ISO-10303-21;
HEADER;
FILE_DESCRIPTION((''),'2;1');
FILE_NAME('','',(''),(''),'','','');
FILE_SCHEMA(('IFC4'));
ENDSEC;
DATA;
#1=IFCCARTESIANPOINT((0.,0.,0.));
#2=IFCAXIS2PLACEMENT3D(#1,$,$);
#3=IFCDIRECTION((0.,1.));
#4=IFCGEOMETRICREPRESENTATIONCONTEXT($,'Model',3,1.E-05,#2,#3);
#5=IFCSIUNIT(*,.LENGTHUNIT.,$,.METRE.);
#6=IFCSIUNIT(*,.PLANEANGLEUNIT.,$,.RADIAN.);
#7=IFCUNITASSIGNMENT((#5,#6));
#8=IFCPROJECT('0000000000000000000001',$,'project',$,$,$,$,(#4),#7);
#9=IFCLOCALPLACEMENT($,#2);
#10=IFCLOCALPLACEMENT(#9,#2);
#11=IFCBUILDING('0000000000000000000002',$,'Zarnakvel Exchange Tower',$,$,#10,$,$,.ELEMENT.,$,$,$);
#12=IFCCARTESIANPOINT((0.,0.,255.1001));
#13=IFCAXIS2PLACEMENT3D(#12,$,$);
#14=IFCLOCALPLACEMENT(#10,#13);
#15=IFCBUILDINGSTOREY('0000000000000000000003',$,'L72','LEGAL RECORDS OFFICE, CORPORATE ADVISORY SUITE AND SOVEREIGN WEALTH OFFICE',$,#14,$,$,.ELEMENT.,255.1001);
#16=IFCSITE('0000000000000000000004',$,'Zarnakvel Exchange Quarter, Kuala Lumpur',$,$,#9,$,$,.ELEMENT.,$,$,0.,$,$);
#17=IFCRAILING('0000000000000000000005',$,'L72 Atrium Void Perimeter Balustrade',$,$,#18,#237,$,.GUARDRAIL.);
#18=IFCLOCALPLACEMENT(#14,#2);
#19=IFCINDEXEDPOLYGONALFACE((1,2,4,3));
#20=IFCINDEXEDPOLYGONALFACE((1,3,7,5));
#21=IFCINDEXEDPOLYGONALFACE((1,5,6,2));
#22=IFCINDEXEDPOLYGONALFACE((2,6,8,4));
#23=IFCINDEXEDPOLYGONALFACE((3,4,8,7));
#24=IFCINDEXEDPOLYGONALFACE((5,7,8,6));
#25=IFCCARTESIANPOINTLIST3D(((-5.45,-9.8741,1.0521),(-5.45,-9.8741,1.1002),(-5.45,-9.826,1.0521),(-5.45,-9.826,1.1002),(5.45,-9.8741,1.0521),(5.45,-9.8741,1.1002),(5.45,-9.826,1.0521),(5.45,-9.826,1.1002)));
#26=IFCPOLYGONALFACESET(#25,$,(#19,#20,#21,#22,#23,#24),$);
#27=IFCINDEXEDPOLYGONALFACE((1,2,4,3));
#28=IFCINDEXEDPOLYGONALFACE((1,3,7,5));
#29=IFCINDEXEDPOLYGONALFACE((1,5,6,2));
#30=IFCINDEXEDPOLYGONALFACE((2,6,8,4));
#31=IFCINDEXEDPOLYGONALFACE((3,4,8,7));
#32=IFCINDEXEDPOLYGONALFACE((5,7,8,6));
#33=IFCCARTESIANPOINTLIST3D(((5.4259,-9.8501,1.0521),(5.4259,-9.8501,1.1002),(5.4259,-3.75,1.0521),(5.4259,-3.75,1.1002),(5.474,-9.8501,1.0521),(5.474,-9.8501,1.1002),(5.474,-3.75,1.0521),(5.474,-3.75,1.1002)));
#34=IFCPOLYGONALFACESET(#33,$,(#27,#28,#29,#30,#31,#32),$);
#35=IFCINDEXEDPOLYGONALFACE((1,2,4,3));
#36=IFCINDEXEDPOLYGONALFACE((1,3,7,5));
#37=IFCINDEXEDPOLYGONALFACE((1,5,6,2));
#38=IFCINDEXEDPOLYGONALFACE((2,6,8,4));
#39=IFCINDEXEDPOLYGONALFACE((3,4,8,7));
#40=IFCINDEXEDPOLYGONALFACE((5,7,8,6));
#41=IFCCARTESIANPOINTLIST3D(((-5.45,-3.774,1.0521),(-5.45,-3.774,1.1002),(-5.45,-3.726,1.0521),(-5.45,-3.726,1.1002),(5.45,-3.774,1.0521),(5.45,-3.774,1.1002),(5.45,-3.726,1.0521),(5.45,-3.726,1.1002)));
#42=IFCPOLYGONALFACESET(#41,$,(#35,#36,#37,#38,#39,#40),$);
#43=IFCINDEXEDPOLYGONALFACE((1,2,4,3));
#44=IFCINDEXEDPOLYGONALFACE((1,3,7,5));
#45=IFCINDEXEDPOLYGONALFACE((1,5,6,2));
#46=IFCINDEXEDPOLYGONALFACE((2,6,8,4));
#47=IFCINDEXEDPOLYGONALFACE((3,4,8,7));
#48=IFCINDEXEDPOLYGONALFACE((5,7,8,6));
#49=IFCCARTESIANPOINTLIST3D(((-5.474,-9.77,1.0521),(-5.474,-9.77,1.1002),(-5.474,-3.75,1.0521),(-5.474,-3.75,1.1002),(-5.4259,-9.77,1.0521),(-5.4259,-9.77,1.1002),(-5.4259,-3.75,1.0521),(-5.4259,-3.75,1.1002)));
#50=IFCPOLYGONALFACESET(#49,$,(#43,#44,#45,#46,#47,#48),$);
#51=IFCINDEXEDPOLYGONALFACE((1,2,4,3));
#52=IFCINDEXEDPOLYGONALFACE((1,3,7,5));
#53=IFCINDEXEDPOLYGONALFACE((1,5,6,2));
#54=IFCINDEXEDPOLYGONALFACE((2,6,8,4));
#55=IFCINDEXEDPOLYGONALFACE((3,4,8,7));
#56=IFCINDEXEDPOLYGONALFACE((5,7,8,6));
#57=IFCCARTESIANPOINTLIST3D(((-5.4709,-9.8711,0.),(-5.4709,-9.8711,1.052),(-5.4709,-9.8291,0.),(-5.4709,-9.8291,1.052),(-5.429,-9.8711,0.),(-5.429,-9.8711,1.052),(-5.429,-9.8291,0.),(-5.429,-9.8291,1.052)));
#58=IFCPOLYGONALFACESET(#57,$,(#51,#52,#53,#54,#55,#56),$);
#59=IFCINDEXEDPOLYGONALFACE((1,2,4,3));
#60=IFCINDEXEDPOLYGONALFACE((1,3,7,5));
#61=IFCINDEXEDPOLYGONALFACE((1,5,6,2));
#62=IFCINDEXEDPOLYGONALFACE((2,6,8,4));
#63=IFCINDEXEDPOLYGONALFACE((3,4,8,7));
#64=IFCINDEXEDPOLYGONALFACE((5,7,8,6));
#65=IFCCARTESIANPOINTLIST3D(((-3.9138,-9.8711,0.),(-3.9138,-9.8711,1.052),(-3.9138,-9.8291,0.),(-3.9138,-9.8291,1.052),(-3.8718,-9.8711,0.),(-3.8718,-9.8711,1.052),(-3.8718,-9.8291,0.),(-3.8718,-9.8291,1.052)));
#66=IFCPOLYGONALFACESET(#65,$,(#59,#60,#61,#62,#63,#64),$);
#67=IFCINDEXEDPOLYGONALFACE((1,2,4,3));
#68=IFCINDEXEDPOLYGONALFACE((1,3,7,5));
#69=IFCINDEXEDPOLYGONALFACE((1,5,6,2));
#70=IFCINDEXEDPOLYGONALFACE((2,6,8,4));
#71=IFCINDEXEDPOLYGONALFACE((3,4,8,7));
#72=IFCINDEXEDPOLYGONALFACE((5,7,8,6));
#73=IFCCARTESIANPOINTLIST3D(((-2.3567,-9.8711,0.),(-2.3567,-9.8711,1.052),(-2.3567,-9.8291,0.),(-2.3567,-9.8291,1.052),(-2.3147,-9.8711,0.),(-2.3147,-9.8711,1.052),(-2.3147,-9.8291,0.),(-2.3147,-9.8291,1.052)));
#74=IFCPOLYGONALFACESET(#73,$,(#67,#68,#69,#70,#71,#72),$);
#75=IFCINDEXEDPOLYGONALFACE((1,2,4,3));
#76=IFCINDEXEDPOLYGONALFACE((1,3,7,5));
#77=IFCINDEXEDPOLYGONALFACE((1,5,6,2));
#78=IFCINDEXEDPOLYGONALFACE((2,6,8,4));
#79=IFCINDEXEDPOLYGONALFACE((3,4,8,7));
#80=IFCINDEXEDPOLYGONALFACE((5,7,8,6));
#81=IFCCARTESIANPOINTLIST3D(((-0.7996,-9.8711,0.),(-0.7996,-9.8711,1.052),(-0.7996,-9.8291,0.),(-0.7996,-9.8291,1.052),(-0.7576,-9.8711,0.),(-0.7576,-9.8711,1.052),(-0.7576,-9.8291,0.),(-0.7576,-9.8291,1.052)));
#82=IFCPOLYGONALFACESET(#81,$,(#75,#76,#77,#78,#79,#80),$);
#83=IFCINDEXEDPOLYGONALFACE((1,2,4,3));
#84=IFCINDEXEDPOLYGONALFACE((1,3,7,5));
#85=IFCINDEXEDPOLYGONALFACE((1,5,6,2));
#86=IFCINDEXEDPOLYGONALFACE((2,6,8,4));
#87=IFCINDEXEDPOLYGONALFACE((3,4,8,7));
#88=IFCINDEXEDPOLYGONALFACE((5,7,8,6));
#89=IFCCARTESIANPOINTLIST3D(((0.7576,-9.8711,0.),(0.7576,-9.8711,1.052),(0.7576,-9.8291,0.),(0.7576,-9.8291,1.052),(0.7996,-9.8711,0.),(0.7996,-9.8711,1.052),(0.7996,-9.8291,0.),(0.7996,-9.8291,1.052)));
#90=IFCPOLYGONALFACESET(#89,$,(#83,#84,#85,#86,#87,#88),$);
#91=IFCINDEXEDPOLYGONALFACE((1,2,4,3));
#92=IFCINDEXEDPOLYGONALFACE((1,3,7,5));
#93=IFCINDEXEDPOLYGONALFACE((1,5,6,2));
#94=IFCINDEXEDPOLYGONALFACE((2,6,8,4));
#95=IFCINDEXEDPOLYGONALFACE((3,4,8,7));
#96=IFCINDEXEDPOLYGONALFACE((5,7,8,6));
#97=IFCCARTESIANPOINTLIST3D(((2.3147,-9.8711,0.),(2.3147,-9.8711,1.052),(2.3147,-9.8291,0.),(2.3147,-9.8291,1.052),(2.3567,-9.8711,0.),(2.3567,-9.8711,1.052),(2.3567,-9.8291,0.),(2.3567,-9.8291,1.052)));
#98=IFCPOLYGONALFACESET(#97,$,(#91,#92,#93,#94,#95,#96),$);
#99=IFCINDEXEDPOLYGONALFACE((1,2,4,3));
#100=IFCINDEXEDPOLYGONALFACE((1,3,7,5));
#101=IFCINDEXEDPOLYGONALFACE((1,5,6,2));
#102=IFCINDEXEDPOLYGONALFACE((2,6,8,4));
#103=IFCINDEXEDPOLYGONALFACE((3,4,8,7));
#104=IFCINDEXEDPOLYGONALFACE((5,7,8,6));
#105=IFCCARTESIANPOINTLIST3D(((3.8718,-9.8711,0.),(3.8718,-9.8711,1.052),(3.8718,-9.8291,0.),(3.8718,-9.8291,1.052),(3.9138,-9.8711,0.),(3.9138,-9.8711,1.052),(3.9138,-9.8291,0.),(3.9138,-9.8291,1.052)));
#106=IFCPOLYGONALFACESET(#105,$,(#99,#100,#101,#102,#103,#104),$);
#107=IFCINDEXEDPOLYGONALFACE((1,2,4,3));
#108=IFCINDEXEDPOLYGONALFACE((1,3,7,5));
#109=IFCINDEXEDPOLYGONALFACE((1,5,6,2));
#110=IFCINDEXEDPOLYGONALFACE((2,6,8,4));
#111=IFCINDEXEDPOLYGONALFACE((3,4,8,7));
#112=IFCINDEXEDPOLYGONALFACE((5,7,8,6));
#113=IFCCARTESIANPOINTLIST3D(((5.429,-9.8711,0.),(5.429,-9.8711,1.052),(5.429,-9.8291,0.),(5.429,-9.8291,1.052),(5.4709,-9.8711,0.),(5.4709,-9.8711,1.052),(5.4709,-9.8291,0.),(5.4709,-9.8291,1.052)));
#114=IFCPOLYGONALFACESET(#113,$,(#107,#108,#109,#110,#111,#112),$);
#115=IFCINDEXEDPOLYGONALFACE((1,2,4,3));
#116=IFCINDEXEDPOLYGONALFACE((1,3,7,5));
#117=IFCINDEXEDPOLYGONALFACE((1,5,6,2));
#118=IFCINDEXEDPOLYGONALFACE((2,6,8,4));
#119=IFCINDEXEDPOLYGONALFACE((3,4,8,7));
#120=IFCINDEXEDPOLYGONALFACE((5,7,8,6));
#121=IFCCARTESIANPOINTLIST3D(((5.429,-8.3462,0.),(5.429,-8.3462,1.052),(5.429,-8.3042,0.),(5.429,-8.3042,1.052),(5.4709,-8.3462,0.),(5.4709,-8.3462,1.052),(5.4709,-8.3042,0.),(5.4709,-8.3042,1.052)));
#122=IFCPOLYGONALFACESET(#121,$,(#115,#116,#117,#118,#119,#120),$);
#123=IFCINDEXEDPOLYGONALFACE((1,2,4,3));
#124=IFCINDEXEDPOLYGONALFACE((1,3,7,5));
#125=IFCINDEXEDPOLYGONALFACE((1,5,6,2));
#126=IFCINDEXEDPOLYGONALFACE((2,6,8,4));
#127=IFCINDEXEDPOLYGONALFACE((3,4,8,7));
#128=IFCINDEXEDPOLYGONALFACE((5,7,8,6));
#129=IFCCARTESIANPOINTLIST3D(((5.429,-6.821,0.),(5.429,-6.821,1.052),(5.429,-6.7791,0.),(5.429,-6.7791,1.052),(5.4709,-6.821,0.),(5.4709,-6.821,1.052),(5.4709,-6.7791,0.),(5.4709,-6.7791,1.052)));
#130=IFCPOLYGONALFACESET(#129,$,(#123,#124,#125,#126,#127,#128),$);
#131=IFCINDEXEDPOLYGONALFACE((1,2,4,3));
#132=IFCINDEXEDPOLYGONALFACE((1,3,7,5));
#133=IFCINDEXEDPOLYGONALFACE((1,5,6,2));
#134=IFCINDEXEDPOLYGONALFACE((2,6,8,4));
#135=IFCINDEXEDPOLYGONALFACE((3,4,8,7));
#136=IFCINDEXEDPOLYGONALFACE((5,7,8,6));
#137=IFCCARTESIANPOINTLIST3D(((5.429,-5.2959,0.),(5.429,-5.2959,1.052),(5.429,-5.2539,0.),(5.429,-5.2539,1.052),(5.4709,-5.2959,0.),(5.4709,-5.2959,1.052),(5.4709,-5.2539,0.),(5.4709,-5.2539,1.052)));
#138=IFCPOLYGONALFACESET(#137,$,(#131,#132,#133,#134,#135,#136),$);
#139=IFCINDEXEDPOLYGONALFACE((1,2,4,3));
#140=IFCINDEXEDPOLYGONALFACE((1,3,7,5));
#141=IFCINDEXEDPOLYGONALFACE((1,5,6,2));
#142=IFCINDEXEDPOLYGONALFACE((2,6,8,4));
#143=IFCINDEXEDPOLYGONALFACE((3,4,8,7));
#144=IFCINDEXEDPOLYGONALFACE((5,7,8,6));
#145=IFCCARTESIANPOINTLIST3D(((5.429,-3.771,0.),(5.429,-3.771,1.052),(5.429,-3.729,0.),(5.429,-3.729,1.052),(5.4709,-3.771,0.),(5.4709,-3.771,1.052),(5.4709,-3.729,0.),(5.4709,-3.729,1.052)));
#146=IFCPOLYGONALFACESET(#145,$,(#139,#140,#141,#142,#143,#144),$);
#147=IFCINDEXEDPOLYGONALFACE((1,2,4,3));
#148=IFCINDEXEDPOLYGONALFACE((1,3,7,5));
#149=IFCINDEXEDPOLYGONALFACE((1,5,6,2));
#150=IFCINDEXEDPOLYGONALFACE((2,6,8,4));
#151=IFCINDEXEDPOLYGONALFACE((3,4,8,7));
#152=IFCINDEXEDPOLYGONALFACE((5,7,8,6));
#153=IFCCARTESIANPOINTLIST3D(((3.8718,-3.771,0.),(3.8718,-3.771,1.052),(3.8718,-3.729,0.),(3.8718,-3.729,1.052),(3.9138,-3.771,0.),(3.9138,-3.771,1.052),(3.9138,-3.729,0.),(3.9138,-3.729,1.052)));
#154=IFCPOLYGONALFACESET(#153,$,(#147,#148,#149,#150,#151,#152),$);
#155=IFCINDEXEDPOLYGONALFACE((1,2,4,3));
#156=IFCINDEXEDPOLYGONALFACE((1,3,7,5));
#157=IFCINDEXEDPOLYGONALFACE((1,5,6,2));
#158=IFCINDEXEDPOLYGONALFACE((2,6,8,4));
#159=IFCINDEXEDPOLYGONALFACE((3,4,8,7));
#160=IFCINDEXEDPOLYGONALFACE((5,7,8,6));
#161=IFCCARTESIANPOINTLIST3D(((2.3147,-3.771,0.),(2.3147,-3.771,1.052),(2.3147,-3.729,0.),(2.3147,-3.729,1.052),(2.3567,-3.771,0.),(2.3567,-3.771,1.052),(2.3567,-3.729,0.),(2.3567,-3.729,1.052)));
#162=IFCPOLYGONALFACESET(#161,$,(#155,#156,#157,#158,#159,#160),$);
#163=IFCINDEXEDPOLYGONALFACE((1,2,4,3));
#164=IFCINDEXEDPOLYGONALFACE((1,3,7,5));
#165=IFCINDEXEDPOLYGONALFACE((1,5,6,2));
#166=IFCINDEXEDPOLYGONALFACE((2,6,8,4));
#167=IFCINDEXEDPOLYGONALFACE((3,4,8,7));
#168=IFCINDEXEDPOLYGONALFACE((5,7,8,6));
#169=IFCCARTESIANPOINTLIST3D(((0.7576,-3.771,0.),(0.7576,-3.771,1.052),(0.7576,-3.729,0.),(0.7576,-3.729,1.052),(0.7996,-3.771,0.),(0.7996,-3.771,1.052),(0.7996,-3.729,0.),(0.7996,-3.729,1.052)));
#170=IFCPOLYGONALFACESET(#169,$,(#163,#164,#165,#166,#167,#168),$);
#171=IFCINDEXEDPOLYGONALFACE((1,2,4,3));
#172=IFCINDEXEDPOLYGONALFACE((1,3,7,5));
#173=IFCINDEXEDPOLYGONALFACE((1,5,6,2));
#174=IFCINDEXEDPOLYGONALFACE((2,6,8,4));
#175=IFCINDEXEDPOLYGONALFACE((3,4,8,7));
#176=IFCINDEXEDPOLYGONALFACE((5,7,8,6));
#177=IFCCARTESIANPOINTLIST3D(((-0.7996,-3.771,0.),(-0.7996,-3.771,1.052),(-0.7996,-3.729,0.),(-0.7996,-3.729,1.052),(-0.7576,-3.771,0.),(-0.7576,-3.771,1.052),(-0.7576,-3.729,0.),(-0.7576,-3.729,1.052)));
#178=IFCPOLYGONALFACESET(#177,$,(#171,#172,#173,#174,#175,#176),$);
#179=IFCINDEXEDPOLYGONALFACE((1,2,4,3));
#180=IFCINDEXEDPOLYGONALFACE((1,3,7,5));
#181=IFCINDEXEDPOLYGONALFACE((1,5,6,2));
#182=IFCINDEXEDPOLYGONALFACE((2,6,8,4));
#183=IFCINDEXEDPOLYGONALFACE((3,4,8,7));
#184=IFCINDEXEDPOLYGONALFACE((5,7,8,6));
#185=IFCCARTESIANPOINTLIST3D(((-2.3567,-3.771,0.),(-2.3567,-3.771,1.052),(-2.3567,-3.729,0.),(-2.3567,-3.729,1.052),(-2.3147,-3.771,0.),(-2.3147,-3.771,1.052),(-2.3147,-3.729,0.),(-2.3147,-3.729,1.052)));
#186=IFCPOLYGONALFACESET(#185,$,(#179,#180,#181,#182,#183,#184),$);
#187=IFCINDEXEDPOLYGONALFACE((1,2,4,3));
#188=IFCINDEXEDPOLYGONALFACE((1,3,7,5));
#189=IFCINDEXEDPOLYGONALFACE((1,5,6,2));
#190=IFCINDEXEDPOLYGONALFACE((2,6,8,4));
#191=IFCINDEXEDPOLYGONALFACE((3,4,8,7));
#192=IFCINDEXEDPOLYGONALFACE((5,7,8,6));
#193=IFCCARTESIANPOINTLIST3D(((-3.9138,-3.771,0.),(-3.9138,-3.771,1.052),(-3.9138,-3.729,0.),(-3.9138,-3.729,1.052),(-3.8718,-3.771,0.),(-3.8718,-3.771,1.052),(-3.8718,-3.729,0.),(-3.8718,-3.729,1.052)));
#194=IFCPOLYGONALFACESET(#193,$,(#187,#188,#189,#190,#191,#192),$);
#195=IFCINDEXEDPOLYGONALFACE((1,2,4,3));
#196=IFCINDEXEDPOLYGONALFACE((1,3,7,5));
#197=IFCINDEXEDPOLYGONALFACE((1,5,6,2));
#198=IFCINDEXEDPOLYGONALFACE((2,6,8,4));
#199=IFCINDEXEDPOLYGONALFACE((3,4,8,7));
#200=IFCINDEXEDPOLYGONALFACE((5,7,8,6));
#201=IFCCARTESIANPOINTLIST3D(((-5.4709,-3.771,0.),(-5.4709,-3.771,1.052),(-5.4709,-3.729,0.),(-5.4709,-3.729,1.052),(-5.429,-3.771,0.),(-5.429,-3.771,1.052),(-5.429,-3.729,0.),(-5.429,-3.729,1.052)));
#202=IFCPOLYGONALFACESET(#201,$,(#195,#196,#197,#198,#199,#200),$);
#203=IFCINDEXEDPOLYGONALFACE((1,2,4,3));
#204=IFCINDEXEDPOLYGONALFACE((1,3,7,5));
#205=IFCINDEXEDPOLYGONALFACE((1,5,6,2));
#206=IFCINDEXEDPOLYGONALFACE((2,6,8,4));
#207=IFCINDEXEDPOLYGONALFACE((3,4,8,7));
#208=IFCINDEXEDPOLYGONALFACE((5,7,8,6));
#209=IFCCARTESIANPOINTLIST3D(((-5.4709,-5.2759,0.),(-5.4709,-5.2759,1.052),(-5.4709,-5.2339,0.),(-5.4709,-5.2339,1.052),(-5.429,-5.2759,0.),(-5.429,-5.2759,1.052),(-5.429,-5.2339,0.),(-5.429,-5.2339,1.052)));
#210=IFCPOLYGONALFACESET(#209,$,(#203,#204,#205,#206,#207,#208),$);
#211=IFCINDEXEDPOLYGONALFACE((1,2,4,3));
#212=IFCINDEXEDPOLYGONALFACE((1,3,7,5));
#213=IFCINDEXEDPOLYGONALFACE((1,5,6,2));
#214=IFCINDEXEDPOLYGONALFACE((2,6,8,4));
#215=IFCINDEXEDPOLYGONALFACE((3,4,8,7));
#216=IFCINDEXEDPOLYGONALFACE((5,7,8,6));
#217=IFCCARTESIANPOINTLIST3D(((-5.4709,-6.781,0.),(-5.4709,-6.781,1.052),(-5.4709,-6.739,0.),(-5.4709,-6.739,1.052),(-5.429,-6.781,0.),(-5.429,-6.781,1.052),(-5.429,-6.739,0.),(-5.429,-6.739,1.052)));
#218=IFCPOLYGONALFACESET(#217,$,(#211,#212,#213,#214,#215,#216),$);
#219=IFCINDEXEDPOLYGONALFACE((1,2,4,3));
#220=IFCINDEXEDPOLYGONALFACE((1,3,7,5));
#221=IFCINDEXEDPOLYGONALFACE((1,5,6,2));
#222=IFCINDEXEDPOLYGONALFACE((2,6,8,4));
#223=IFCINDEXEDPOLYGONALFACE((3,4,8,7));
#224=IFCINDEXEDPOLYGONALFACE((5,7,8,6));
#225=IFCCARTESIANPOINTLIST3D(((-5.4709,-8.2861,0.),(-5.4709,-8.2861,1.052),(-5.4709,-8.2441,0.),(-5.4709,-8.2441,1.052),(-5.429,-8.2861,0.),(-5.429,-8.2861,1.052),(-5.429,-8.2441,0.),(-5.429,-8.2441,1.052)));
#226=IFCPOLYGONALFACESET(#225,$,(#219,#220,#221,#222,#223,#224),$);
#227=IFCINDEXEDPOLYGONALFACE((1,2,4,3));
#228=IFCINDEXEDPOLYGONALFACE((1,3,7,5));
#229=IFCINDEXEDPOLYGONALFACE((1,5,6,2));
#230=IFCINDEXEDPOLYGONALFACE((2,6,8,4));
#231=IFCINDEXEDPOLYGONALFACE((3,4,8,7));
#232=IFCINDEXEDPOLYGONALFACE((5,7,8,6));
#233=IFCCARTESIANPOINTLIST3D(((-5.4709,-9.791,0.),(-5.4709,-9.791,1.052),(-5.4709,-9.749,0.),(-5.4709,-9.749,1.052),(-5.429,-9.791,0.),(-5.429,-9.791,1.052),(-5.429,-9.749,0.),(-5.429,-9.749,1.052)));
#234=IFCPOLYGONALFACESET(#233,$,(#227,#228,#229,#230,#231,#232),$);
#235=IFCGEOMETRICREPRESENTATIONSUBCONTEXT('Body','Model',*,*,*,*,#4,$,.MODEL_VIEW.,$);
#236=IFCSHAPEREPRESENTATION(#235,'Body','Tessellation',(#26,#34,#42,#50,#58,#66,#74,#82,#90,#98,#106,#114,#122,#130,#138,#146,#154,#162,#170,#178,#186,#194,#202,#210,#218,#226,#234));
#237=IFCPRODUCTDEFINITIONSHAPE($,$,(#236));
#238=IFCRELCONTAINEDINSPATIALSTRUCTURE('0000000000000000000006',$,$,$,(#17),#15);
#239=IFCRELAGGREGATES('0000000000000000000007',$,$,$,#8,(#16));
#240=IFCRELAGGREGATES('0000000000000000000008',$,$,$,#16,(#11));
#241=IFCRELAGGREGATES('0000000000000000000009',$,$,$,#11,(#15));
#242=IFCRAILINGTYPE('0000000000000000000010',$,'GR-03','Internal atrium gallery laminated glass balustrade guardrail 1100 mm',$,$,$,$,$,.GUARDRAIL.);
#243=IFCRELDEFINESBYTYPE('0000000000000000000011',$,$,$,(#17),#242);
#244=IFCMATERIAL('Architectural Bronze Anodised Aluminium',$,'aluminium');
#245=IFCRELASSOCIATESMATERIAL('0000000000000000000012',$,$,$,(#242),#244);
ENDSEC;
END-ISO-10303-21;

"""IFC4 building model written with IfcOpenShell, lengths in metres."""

from ifc_helpers import new_model, si_unit, direction, frame, origin, origin_2d, place, context, subcontext, project, spatial, rectangle, extrude, material, type_object, element, save


model = new_model("IFC4")

# Units and contexts
model_context = context("Model", 3, precision=1e-05, world=origin(), true_north=direction((0.0, 1.0)))
body_context = subcontext(model_context, "Body", "Model", "MODEL_VIEW")
ifc_project = project(units=[si_unit("LENGTHUNIT", "METRE"), si_unit("PLANEANGLEUNIT", "RADIAN")], contexts=[model_context])

# Site, building, storey
site_placement = place(None, origin())
site = spatial("IfcSite", under=ifc_project, at=site_placement, Name="Zarnakvel Exchange Quarter, Kuala Lumpur", CompositionType="ELEMENT", RefElevation=0.0)
building_placement = place(site_placement, origin())
building = spatial("IfcBuilding", under=site, at=building_placement, Name="Zarnakvel Exchange Tower", CompositionType="ELEMENT")
storey_placement = place(building_placement, frame((0.0, 0.0, 255.1001)))
storey = spatial("IfcBuildingStorey", under=building, at=storey_placement, Name="L72", Description="LEGAL RECORDS OFFICE, CORPORATE ADVISORY SUITE AND SOVEREIGN WEALTH OFFICE", CompositionType="ELEMENT", Elevation=255.1001)

# Railing
ifc_material_1 = material(Name="Architectural Bronze Anodised Aluminium", Category="aluminium")
railing_type_1 = type_object("IfcRailingType", Name="GR-03", Description="Internal atrium gallery laminated glass balustrade guardrail 1100 mm", PredefinedType="GUARDRAIL", material=ifc_material_1)
railing_1_placement = place(storey_placement, frame((-5.45, -9.8501, 0.0)))
element("IfcRailing", 1, at=railing_1_placement, inside=storey, type_object=railing_type_1, Name="L72 Atrium Void Perimeter Balustrade", PredefinedType="GUARDRAIL", context=body_context, shape_type="SweptSolid", body=[
    extrude(rectangle(XDim=0.0481, YDim=0.0481, at=origin_2d()), frame((0.0, 0.0, 1.0762), z_axis=(1.0, 0.0, 0.0), x_axis=(0.0, 1.0, 0.0)), (0.0, 0.0, 1.0), 10.8999),
    extrude(rectangle(XDim=0.0481, YDim=0.0481, at=origin_2d()), frame((10.8999, 0.0, 1.0762), z_axis=(0.0, 1.0, 0.0), x_axis=(-1.0, 0.0, 0.0)), (0.0, 0.0, 1.0), 6.1001),
    extrude(rectangle(XDim=0.0481, YDim=0.0481, at=origin_2d()), frame((10.8999, 6.1001, 1.0762), z_axis=(-1.0, 0.0, 0.0), x_axis=(0.0, -1.0, 0.0)), (0.0, 0.0, 1.0), 10.8999),
    extrude(rectangle(XDim=0.0481, YDim=0.0481, at=origin_2d()), frame((0.0, 6.1001, 1.0762), z_axis=(0.0, -1.0, 0.0), x_axis=(1.0, 0.0, 0.0)), (0.0, 0.0, 1.0), 6.02),
    extrude(rectangle(XDim=0.042, YDim=0.042, at=origin_2d()), origin(), (0.0, 0.0, 1.0), 1.052),
    extrude(rectangle(XDim=0.042, YDim=0.042, at=origin_2d()), frame((1.5571, 0.0, 0.0)), (0.0, 0.0, 1.0), 1.052),
    extrude(rectangle(XDim=0.042, YDim=0.042, at=origin_2d()), frame((3.1143, 0.0, 0.0)), (0.0, 0.0, 1.0), 1.052),
    extrude(rectangle(XDim=0.042, YDim=0.042, at=origin_2d()), frame((4.6714, 0.0, 0.0)), (0.0, 0.0, 1.0), 1.052),
    extrude(rectangle(XDim=0.042, YDim=0.042, at=origin_2d()), frame((6.2285, 0.0, 0.0)), (0.0, 0.0, 1.0), 1.052),
    extrude(rectangle(XDim=0.042, YDim=0.042, at=origin_2d()), frame((7.7856, 0.0, 0.0)), (0.0, 0.0, 1.0), 1.052),
    extrude(rectangle(XDim=0.042, YDim=0.042, at=origin_2d()), frame((9.3428, 0.0, 0.0)), (0.0, 0.0, 1.0), 1.052),
    extrude(rectangle(XDim=0.042, YDim=0.042, at=origin_2d()), frame((10.8999, 0.0, 0.0)), (0.0, 0.0, 1.0), 1.052),
    extrude(rectangle(XDim=0.042, YDim=0.042, at=origin_2d()), frame((10.8999, 1.5249, 0.0)), (0.0, 0.0, 1.0), 1.052),
    extrude(rectangle(XDim=0.042, YDim=0.042, at=origin_2d()), frame((10.8999, 3.05, 0.0)), (0.0, 0.0, 1.0), 1.052),
    extrude(rectangle(XDim=0.042, YDim=0.042, at=origin_2d()), frame((10.8999, 4.5752, 0.0)), (0.0, 0.0, 1.0), 1.052),
    extrude(rectangle(XDim=0.042, YDim=0.042, at=origin_2d()), frame((10.8999, 6.1001, 0.0)), (0.0, 0.0, 1.0), 1.052),
    extrude(rectangle(XDim=0.042, YDim=0.042, at=origin_2d()), frame((9.3428, 6.1001, 0.0)), (0.0, 0.0, 1.0), 1.052),
    extrude(rectangle(XDim=0.042, YDim=0.042, at=origin_2d()), frame((7.7856, 6.1001, 0.0)), (0.0, 0.0, 1.0), 1.052),
    extrude(rectangle(XDim=0.042, YDim=0.042, at=origin_2d()), frame((6.2285, 6.1001, 0.0)), (0.0, 0.0, 1.0), 1.052),
    extrude(rectangle(XDim=0.042, YDim=0.042, at=origin_2d()), frame((4.6714, 6.1001, 0.0)), (0.0, 0.0, 1.0), 1.052),
    extrude(rectangle(XDim=0.042, YDim=0.042, at=origin_2d()), frame((3.1143, 6.1001, 0.0)), (0.0, 0.0, 1.0), 1.052),
    extrude(rectangle(XDim=0.042, YDim=0.042, at=origin_2d()), frame((1.5571, 6.1001, 0.0)), (0.0, 0.0, 1.0), 1.052),
    extrude(rectangle(XDim=0.042, YDim=0.042, at=origin_2d()), frame((0.0, 6.1001, 0.0)), (0.0, 0.0, 1.0), 1.052),
    extrude(rectangle(XDim=0.042, YDim=0.042, at=origin_2d()), frame((0.0, 4.5952, 0.0)), (0.0, 0.0, 1.0), 1.052),
    extrude(rectangle(XDim=0.042, YDim=0.042, at=origin_2d()), frame((0.0, 3.0901, 0.0)), (0.0, 0.0, 1.0), 1.052),
    extrude(rectangle(XDim=0.042, YDim=0.042, at=origin_2d()), frame((0.0, 1.585, 0.0)), (0.0, 0.0, 1.0), 1.052),
    extrude(rectangle(XDim=0.042, YDim=0.042, at=origin_2d()), frame((0.0, 0.0801, 0.0)), (0.0, 0.0, 1.0), 1.052),
])

save(model, "model.ifc")
